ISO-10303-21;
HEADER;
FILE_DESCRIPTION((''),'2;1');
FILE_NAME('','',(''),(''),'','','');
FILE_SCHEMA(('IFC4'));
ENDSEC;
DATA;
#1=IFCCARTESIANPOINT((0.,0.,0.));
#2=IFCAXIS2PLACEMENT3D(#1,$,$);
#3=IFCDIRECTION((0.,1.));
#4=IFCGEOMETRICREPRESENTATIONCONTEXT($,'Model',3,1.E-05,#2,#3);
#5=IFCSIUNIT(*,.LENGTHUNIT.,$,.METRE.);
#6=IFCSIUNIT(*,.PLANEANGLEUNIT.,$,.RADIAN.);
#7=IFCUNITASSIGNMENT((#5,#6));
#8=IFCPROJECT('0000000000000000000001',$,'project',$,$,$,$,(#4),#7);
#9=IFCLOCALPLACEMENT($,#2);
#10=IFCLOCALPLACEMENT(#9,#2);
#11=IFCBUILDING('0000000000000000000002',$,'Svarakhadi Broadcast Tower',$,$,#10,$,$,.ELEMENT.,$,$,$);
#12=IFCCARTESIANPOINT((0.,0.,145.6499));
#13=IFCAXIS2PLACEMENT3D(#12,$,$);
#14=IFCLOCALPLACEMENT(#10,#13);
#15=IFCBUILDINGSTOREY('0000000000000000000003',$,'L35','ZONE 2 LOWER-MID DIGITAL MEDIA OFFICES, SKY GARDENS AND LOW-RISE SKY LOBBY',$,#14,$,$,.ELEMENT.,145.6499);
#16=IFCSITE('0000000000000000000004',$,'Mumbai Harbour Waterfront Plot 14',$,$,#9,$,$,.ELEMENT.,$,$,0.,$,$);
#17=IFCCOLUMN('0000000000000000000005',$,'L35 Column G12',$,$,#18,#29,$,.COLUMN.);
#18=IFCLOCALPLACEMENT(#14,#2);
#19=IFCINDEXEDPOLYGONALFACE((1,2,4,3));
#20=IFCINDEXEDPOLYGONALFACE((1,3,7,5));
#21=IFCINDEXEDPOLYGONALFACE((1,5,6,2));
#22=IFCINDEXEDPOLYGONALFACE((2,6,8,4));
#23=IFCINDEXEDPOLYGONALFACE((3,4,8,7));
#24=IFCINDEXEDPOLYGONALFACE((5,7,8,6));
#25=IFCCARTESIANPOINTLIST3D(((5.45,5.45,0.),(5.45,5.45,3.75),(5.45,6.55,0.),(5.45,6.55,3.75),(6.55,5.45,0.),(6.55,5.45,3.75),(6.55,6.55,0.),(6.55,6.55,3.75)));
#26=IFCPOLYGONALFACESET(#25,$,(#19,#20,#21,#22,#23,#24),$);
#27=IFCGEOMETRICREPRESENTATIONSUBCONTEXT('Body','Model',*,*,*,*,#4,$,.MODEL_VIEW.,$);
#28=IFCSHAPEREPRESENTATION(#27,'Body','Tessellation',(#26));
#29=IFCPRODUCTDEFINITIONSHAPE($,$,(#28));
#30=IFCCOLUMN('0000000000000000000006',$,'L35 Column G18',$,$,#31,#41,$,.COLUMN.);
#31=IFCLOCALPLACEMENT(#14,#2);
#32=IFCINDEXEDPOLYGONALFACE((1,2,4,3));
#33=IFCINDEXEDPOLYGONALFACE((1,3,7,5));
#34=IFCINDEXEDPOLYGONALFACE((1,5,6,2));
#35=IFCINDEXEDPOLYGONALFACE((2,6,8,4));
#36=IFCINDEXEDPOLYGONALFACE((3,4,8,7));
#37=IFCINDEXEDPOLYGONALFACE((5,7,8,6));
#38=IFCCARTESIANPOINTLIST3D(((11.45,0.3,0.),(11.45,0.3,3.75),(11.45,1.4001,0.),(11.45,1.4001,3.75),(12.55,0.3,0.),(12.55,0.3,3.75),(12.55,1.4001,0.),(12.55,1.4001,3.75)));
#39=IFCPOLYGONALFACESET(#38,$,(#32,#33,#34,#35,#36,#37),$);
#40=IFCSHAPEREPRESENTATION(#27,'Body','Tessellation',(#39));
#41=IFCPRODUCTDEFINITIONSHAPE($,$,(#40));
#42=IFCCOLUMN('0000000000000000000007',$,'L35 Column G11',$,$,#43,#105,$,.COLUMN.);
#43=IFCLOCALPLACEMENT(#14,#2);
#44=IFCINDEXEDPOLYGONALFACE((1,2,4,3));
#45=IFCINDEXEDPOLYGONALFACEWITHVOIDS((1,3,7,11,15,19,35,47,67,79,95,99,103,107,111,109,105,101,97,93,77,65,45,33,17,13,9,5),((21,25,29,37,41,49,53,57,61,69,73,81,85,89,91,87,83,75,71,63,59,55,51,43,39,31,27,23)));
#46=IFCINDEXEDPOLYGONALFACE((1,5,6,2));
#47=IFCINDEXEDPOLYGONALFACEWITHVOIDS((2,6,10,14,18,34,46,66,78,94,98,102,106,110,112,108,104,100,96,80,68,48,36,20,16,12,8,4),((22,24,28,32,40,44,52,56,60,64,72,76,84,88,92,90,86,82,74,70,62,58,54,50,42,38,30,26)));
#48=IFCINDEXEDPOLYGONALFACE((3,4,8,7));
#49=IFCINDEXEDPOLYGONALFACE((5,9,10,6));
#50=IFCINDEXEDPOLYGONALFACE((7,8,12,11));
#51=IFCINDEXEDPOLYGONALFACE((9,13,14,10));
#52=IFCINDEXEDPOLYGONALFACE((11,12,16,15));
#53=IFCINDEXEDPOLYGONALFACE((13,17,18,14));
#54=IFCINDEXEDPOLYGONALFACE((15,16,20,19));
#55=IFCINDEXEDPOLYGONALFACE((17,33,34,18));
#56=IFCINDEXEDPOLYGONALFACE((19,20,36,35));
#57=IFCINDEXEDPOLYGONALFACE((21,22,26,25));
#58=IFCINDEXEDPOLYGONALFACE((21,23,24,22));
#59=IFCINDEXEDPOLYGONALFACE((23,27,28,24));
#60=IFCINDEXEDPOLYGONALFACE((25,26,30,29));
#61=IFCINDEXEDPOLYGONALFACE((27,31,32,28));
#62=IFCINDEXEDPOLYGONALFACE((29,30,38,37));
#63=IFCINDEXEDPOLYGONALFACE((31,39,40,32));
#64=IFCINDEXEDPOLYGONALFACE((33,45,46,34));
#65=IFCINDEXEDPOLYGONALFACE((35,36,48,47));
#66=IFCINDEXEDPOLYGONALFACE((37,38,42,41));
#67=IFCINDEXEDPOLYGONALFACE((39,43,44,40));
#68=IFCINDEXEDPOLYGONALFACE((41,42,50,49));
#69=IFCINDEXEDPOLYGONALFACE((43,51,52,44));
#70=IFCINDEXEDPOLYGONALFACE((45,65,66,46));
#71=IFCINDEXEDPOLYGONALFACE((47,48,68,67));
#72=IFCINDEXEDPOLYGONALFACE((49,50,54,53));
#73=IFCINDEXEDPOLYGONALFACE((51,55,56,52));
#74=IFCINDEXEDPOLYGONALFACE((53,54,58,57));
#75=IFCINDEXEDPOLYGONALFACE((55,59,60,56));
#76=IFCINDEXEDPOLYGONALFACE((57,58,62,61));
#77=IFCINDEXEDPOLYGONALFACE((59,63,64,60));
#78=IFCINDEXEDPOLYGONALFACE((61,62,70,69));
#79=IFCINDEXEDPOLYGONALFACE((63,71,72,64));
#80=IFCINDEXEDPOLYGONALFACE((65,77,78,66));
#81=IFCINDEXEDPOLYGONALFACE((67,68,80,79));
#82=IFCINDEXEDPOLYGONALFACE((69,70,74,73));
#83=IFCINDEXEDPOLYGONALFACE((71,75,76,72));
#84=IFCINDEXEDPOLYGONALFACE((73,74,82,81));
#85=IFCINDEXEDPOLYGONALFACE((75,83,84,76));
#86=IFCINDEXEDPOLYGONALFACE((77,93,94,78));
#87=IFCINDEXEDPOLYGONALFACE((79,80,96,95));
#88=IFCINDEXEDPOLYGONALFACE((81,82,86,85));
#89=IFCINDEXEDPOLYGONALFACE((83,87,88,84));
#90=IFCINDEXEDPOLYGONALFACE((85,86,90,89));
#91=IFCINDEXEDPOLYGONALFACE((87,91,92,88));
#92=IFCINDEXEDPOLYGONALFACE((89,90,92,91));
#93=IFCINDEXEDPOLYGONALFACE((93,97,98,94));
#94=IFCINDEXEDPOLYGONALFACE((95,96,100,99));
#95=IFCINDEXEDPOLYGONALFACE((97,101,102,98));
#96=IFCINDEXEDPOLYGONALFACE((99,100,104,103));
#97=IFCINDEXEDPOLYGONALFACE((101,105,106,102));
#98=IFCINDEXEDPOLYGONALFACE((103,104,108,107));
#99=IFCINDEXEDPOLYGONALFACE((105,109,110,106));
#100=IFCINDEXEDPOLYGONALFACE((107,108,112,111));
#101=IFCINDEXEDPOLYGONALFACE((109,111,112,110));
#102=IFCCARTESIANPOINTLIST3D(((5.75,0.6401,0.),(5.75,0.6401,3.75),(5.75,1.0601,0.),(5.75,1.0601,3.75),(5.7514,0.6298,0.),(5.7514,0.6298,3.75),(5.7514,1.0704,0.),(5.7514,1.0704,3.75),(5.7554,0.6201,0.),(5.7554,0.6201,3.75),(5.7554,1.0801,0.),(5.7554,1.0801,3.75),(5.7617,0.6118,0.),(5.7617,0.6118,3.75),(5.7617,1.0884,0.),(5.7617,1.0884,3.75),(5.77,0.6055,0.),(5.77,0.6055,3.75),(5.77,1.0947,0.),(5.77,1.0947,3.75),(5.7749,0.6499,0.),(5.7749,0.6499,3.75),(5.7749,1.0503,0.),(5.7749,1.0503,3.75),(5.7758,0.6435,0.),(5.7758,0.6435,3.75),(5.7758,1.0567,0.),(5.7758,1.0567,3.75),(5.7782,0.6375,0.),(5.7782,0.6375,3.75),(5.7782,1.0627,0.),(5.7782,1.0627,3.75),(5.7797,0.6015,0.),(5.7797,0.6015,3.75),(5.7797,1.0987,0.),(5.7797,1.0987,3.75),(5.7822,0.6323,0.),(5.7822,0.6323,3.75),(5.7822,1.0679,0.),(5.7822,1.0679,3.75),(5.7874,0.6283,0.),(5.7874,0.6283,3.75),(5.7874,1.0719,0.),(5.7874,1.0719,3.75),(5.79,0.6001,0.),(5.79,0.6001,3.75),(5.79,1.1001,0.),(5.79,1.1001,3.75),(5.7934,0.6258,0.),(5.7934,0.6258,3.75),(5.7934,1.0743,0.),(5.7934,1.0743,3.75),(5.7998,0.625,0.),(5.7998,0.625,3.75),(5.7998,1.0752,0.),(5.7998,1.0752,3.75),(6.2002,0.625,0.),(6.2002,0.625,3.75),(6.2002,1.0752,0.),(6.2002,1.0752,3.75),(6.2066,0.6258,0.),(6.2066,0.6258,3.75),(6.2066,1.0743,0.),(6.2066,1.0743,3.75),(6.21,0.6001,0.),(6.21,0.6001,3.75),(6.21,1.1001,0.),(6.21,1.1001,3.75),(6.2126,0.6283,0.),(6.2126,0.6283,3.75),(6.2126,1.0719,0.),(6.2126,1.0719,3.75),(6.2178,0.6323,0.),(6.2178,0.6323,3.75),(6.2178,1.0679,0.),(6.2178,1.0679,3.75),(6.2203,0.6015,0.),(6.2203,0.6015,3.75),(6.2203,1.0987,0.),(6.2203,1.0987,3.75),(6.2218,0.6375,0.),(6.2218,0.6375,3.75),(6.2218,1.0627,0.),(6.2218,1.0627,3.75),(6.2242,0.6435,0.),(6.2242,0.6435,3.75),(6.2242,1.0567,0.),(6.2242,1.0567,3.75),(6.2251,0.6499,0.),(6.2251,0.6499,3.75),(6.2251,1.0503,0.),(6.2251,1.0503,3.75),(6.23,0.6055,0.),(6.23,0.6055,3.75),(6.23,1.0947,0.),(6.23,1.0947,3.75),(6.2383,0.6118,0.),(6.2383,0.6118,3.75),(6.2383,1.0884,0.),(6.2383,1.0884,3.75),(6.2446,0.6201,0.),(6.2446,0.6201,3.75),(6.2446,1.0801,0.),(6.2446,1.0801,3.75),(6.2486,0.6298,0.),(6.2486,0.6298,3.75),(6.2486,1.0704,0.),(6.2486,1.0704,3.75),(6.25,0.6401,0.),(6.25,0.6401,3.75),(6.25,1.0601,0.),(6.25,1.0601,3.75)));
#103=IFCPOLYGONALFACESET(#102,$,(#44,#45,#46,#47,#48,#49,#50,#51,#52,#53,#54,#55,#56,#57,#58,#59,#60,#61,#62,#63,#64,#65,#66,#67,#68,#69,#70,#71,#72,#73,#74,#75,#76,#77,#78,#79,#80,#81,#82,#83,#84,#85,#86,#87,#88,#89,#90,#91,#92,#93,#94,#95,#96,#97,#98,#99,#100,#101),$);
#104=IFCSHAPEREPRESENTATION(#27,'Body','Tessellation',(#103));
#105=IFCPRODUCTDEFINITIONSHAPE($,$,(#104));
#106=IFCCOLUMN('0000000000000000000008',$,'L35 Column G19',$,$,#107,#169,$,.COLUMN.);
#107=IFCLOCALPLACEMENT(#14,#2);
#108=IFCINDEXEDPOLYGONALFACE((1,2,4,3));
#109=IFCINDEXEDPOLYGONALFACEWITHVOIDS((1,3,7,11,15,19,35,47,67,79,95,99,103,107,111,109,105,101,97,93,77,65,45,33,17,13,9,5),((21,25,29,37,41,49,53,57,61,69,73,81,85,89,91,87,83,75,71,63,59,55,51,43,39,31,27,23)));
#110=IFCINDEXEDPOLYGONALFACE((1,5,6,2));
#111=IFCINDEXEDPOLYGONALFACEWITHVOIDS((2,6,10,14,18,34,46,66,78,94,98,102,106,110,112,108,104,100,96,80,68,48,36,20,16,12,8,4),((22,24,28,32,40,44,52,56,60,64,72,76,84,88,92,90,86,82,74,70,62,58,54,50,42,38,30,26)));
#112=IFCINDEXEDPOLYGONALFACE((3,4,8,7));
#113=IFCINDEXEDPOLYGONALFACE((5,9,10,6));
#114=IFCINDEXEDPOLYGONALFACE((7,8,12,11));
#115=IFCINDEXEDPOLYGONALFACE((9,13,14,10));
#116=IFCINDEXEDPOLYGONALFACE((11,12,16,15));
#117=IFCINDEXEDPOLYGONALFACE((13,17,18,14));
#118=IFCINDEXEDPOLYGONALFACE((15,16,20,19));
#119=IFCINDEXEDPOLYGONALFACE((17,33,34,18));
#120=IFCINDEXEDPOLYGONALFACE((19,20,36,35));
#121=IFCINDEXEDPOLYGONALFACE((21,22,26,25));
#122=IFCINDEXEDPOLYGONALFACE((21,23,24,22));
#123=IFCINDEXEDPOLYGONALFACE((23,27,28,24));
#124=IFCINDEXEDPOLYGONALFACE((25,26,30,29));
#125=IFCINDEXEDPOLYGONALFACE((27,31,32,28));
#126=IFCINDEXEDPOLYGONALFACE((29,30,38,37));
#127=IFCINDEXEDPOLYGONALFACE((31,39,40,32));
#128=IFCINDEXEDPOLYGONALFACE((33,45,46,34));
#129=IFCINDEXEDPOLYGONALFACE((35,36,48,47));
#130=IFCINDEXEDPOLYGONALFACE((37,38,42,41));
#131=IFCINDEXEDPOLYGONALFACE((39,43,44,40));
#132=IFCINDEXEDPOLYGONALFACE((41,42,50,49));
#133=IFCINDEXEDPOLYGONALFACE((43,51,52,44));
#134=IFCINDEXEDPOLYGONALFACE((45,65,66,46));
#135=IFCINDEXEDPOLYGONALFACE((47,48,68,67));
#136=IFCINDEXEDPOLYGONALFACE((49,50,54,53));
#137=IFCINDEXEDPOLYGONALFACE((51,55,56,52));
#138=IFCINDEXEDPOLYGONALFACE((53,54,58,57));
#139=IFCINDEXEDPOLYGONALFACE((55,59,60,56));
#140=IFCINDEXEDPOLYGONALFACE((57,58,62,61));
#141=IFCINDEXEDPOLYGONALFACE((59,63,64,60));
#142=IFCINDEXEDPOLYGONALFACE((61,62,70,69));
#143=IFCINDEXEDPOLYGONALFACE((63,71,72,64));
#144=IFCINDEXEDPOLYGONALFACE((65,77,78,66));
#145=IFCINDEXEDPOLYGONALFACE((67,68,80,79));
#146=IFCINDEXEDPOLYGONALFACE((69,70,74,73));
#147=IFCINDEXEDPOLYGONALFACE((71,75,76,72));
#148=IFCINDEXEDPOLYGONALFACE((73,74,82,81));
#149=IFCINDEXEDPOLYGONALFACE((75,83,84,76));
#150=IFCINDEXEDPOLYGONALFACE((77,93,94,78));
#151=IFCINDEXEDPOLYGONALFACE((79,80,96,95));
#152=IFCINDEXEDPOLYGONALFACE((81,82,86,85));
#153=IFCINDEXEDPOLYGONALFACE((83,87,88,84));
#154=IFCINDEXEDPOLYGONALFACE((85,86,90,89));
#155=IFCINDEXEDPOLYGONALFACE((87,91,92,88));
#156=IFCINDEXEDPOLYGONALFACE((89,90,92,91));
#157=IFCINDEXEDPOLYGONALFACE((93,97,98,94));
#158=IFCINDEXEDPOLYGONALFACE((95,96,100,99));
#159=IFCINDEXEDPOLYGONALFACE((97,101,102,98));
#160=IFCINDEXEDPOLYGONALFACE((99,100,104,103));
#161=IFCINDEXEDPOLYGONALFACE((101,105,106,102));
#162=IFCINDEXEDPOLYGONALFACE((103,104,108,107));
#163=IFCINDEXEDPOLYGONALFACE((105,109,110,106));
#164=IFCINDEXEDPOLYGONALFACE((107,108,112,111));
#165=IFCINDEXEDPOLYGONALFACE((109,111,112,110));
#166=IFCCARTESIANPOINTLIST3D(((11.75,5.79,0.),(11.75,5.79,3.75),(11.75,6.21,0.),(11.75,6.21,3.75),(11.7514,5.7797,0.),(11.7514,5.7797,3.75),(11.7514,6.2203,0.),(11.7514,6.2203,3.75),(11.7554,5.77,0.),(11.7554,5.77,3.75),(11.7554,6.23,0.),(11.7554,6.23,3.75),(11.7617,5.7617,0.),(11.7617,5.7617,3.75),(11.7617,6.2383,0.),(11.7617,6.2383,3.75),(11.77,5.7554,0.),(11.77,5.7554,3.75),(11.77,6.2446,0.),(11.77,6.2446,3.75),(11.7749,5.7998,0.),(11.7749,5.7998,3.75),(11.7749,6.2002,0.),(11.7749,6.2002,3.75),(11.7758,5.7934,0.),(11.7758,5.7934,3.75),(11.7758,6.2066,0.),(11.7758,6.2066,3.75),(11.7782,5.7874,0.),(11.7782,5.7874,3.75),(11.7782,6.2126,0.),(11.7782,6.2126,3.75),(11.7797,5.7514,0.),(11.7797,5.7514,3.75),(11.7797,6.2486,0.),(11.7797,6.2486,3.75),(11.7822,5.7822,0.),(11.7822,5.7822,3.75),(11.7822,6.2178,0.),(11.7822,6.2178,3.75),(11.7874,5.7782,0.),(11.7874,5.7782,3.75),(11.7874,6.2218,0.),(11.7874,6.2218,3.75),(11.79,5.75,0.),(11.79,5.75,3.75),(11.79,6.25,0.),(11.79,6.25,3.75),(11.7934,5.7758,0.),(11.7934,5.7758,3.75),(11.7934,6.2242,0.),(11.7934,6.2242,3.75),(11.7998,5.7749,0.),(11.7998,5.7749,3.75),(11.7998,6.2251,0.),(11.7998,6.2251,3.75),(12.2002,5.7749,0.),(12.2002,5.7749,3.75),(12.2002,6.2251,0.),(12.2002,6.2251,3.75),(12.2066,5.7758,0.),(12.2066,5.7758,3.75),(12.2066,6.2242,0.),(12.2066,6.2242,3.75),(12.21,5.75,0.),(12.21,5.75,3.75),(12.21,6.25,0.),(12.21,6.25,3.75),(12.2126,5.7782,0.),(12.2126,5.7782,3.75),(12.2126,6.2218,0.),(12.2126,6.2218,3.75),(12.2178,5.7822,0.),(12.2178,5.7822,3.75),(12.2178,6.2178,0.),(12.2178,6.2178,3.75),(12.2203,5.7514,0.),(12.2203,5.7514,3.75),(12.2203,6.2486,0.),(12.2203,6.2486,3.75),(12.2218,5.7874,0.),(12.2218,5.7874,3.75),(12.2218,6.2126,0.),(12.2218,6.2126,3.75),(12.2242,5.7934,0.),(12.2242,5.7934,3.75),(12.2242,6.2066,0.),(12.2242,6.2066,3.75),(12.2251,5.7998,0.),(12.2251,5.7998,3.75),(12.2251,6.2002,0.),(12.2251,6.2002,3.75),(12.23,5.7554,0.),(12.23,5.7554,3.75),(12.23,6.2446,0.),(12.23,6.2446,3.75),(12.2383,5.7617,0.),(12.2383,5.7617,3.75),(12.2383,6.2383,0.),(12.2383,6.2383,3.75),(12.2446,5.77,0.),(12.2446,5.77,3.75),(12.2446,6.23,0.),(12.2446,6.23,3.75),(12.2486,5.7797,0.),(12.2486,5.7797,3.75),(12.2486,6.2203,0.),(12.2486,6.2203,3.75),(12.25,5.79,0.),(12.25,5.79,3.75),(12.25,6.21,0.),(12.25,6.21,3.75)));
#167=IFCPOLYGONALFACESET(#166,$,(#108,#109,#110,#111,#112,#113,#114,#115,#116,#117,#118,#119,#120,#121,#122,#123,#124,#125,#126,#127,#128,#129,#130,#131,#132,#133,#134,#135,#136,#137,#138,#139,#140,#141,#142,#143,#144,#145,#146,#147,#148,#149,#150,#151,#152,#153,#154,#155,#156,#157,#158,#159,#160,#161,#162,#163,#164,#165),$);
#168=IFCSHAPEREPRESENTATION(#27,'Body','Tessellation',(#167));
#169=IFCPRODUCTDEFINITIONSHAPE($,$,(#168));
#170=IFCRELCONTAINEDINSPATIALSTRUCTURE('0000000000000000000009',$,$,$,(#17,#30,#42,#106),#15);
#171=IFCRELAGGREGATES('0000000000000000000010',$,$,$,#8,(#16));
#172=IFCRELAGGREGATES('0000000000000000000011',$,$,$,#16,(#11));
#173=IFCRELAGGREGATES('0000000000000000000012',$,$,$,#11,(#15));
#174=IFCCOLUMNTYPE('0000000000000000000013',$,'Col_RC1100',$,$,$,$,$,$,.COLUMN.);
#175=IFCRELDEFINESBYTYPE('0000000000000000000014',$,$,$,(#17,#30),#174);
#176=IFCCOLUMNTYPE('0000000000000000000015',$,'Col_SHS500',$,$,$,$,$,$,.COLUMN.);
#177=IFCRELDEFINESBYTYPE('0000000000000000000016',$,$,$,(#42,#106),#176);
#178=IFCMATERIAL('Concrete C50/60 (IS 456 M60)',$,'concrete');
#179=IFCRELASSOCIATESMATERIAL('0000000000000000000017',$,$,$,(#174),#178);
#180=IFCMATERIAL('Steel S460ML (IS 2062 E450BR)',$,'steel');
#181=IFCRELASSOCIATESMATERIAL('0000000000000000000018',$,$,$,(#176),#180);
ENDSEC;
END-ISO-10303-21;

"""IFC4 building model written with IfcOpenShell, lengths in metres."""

from ifc_helpers import new_model, si_unit, direction, frame, origin, origin_2d, place, context, subcontext, project, spatial, rectangle, hollow_rectangle, extrude, material, material_profile, profile_set, type_object, element, save


model = new_model("IFC4")

# Units and contexts
model_context = context("Model", 3, precision=1e-05, world=origin(), true_north=direction((0.0, 1.0)))
body_context = subcontext(model_context, "Body", "Model", "MODEL_VIEW")
ifc_project = project(units=[si_unit("LENGTHUNIT", "METRE"), si_unit("PLANEANGLEUNIT", "RADIAN")], contexts=[model_context])

# Site, building, storey
site_placement = place(None, origin())
site = spatial("IfcSite", under=ifc_project, at=site_placement, Name="Mumbai Harbour Waterfront Plot 14", CompositionType="ELEMENT", RefElevation=0.0)
building_placement = place(site_placement, origin())
building = spatial("IfcBuilding", under=site, at=building_placement, Name="Svarakhadi Broadcast Tower", CompositionType="ELEMENT")
storey_placement = place(building_placement, frame((0.0, 0.0, 145.6499)))
storey = spatial("IfcBuildingStorey", under=building, at=storey_placement, Name="L35", Description="ZONE 2 LOWER-MID DIGITAL MEDIA OFFICES, SKY GARDENS AND LOW-RISE SKY LOBBY", CompositionType="ELEMENT", Elevation=145.6499)

# Columns
ifc_material_1 = material(Name="Concrete C50/60 (IS 456 M60)", Category="concrete")
ifc_material_profile_1 = material_profile(ifc_material_1, rectangle(XDim=1.1001, YDim=1.1001, at=origin_2d()), Name="RC 1100x1100")
ifc_profile_set_1 = profile_set([ifc_material_profile_1], Name="Concrete C50/60 (IS 456 M60)")
column_type_1 = type_object("IfcColumnType", Name="Col_RC1100", PredefinedType="COLUMN", material=ifc_profile_set_1)
for number, where, z_axis, x_axis, name in (
    (1, (6.0, 6.0, 0.0), (0.0, 0.0, 1.0), (1.0, 0.0, 0.0), "L35 Column G12"),
    (2, (12.0, 0.8501, 0.0), (0.0, 0.0, 1.0), (1.0, 0.0, 0.0), "L35 Column G18"),
):
    element("IfcColumn", number, at=place(storey_placement, frame(where, z_axis=z_axis, x_axis=x_axis)), inside=storey, type_object=column_type_1, Name=name, PredefinedType="COLUMN", context=body_context, shape_type="SweptSolid", body=[
        extrude(rectangle(XDim=1.1001, YDim=1.1001, at=origin_2d()), origin(), (0.0, 0.0, 1.0), 3.75),
    ])
ifc_material_2 = material(Name="Steel S460ML (IS 2062 E450BR)", Category="steel")
ifc_material_profile_2 = material_profile(ifc_material_2, hollow_rectangle(XDim=0.5, YDim=0.5, WallThickness=0.0249, InnerFilletRadius=0.0249, OuterFilletRadius=0.04, at=origin_2d()), Name="SHS 500x500x25")
ifc_profile_set_2 = profile_set([ifc_material_profile_2], Name="Steel S460ML (IS 2062 E450BR)")
column_type_2 = type_object("IfcColumnType", Name="Col_SHS500", PredefinedType="COLUMN", material=ifc_profile_set_2)
for number, where, z_axis, x_axis, name in (
    (3, (6.0, 0.8501, 0.0), (0.0, 0.0, 1.0), (1.0, 0.0, 0.0), "L35 Column G11"),
    (4, (12.0, 6.0, 0.0), (0.0, 0.0, 1.0), (1.0, 0.0, 0.0), "L35 Column G19"),
):
    element("IfcColumn", number, at=place(storey_placement, frame(where, z_axis=z_axis, x_axis=x_axis)), inside=storey, type_object=column_type_2, Name=name, PredefinedType="COLUMN", context=body_context, shape_type="SweptSolid", body=[
        extrude(hollow_rectangle(XDim=0.5, YDim=0.5, WallThickness=0.0249, InnerFilletRadius=0.0249, OuterFilletRadius=0.04, at=origin_2d()), origin(), (0.0, 0.0, 1.0), 3.75),
    ])

save(model, "model.ifc")
